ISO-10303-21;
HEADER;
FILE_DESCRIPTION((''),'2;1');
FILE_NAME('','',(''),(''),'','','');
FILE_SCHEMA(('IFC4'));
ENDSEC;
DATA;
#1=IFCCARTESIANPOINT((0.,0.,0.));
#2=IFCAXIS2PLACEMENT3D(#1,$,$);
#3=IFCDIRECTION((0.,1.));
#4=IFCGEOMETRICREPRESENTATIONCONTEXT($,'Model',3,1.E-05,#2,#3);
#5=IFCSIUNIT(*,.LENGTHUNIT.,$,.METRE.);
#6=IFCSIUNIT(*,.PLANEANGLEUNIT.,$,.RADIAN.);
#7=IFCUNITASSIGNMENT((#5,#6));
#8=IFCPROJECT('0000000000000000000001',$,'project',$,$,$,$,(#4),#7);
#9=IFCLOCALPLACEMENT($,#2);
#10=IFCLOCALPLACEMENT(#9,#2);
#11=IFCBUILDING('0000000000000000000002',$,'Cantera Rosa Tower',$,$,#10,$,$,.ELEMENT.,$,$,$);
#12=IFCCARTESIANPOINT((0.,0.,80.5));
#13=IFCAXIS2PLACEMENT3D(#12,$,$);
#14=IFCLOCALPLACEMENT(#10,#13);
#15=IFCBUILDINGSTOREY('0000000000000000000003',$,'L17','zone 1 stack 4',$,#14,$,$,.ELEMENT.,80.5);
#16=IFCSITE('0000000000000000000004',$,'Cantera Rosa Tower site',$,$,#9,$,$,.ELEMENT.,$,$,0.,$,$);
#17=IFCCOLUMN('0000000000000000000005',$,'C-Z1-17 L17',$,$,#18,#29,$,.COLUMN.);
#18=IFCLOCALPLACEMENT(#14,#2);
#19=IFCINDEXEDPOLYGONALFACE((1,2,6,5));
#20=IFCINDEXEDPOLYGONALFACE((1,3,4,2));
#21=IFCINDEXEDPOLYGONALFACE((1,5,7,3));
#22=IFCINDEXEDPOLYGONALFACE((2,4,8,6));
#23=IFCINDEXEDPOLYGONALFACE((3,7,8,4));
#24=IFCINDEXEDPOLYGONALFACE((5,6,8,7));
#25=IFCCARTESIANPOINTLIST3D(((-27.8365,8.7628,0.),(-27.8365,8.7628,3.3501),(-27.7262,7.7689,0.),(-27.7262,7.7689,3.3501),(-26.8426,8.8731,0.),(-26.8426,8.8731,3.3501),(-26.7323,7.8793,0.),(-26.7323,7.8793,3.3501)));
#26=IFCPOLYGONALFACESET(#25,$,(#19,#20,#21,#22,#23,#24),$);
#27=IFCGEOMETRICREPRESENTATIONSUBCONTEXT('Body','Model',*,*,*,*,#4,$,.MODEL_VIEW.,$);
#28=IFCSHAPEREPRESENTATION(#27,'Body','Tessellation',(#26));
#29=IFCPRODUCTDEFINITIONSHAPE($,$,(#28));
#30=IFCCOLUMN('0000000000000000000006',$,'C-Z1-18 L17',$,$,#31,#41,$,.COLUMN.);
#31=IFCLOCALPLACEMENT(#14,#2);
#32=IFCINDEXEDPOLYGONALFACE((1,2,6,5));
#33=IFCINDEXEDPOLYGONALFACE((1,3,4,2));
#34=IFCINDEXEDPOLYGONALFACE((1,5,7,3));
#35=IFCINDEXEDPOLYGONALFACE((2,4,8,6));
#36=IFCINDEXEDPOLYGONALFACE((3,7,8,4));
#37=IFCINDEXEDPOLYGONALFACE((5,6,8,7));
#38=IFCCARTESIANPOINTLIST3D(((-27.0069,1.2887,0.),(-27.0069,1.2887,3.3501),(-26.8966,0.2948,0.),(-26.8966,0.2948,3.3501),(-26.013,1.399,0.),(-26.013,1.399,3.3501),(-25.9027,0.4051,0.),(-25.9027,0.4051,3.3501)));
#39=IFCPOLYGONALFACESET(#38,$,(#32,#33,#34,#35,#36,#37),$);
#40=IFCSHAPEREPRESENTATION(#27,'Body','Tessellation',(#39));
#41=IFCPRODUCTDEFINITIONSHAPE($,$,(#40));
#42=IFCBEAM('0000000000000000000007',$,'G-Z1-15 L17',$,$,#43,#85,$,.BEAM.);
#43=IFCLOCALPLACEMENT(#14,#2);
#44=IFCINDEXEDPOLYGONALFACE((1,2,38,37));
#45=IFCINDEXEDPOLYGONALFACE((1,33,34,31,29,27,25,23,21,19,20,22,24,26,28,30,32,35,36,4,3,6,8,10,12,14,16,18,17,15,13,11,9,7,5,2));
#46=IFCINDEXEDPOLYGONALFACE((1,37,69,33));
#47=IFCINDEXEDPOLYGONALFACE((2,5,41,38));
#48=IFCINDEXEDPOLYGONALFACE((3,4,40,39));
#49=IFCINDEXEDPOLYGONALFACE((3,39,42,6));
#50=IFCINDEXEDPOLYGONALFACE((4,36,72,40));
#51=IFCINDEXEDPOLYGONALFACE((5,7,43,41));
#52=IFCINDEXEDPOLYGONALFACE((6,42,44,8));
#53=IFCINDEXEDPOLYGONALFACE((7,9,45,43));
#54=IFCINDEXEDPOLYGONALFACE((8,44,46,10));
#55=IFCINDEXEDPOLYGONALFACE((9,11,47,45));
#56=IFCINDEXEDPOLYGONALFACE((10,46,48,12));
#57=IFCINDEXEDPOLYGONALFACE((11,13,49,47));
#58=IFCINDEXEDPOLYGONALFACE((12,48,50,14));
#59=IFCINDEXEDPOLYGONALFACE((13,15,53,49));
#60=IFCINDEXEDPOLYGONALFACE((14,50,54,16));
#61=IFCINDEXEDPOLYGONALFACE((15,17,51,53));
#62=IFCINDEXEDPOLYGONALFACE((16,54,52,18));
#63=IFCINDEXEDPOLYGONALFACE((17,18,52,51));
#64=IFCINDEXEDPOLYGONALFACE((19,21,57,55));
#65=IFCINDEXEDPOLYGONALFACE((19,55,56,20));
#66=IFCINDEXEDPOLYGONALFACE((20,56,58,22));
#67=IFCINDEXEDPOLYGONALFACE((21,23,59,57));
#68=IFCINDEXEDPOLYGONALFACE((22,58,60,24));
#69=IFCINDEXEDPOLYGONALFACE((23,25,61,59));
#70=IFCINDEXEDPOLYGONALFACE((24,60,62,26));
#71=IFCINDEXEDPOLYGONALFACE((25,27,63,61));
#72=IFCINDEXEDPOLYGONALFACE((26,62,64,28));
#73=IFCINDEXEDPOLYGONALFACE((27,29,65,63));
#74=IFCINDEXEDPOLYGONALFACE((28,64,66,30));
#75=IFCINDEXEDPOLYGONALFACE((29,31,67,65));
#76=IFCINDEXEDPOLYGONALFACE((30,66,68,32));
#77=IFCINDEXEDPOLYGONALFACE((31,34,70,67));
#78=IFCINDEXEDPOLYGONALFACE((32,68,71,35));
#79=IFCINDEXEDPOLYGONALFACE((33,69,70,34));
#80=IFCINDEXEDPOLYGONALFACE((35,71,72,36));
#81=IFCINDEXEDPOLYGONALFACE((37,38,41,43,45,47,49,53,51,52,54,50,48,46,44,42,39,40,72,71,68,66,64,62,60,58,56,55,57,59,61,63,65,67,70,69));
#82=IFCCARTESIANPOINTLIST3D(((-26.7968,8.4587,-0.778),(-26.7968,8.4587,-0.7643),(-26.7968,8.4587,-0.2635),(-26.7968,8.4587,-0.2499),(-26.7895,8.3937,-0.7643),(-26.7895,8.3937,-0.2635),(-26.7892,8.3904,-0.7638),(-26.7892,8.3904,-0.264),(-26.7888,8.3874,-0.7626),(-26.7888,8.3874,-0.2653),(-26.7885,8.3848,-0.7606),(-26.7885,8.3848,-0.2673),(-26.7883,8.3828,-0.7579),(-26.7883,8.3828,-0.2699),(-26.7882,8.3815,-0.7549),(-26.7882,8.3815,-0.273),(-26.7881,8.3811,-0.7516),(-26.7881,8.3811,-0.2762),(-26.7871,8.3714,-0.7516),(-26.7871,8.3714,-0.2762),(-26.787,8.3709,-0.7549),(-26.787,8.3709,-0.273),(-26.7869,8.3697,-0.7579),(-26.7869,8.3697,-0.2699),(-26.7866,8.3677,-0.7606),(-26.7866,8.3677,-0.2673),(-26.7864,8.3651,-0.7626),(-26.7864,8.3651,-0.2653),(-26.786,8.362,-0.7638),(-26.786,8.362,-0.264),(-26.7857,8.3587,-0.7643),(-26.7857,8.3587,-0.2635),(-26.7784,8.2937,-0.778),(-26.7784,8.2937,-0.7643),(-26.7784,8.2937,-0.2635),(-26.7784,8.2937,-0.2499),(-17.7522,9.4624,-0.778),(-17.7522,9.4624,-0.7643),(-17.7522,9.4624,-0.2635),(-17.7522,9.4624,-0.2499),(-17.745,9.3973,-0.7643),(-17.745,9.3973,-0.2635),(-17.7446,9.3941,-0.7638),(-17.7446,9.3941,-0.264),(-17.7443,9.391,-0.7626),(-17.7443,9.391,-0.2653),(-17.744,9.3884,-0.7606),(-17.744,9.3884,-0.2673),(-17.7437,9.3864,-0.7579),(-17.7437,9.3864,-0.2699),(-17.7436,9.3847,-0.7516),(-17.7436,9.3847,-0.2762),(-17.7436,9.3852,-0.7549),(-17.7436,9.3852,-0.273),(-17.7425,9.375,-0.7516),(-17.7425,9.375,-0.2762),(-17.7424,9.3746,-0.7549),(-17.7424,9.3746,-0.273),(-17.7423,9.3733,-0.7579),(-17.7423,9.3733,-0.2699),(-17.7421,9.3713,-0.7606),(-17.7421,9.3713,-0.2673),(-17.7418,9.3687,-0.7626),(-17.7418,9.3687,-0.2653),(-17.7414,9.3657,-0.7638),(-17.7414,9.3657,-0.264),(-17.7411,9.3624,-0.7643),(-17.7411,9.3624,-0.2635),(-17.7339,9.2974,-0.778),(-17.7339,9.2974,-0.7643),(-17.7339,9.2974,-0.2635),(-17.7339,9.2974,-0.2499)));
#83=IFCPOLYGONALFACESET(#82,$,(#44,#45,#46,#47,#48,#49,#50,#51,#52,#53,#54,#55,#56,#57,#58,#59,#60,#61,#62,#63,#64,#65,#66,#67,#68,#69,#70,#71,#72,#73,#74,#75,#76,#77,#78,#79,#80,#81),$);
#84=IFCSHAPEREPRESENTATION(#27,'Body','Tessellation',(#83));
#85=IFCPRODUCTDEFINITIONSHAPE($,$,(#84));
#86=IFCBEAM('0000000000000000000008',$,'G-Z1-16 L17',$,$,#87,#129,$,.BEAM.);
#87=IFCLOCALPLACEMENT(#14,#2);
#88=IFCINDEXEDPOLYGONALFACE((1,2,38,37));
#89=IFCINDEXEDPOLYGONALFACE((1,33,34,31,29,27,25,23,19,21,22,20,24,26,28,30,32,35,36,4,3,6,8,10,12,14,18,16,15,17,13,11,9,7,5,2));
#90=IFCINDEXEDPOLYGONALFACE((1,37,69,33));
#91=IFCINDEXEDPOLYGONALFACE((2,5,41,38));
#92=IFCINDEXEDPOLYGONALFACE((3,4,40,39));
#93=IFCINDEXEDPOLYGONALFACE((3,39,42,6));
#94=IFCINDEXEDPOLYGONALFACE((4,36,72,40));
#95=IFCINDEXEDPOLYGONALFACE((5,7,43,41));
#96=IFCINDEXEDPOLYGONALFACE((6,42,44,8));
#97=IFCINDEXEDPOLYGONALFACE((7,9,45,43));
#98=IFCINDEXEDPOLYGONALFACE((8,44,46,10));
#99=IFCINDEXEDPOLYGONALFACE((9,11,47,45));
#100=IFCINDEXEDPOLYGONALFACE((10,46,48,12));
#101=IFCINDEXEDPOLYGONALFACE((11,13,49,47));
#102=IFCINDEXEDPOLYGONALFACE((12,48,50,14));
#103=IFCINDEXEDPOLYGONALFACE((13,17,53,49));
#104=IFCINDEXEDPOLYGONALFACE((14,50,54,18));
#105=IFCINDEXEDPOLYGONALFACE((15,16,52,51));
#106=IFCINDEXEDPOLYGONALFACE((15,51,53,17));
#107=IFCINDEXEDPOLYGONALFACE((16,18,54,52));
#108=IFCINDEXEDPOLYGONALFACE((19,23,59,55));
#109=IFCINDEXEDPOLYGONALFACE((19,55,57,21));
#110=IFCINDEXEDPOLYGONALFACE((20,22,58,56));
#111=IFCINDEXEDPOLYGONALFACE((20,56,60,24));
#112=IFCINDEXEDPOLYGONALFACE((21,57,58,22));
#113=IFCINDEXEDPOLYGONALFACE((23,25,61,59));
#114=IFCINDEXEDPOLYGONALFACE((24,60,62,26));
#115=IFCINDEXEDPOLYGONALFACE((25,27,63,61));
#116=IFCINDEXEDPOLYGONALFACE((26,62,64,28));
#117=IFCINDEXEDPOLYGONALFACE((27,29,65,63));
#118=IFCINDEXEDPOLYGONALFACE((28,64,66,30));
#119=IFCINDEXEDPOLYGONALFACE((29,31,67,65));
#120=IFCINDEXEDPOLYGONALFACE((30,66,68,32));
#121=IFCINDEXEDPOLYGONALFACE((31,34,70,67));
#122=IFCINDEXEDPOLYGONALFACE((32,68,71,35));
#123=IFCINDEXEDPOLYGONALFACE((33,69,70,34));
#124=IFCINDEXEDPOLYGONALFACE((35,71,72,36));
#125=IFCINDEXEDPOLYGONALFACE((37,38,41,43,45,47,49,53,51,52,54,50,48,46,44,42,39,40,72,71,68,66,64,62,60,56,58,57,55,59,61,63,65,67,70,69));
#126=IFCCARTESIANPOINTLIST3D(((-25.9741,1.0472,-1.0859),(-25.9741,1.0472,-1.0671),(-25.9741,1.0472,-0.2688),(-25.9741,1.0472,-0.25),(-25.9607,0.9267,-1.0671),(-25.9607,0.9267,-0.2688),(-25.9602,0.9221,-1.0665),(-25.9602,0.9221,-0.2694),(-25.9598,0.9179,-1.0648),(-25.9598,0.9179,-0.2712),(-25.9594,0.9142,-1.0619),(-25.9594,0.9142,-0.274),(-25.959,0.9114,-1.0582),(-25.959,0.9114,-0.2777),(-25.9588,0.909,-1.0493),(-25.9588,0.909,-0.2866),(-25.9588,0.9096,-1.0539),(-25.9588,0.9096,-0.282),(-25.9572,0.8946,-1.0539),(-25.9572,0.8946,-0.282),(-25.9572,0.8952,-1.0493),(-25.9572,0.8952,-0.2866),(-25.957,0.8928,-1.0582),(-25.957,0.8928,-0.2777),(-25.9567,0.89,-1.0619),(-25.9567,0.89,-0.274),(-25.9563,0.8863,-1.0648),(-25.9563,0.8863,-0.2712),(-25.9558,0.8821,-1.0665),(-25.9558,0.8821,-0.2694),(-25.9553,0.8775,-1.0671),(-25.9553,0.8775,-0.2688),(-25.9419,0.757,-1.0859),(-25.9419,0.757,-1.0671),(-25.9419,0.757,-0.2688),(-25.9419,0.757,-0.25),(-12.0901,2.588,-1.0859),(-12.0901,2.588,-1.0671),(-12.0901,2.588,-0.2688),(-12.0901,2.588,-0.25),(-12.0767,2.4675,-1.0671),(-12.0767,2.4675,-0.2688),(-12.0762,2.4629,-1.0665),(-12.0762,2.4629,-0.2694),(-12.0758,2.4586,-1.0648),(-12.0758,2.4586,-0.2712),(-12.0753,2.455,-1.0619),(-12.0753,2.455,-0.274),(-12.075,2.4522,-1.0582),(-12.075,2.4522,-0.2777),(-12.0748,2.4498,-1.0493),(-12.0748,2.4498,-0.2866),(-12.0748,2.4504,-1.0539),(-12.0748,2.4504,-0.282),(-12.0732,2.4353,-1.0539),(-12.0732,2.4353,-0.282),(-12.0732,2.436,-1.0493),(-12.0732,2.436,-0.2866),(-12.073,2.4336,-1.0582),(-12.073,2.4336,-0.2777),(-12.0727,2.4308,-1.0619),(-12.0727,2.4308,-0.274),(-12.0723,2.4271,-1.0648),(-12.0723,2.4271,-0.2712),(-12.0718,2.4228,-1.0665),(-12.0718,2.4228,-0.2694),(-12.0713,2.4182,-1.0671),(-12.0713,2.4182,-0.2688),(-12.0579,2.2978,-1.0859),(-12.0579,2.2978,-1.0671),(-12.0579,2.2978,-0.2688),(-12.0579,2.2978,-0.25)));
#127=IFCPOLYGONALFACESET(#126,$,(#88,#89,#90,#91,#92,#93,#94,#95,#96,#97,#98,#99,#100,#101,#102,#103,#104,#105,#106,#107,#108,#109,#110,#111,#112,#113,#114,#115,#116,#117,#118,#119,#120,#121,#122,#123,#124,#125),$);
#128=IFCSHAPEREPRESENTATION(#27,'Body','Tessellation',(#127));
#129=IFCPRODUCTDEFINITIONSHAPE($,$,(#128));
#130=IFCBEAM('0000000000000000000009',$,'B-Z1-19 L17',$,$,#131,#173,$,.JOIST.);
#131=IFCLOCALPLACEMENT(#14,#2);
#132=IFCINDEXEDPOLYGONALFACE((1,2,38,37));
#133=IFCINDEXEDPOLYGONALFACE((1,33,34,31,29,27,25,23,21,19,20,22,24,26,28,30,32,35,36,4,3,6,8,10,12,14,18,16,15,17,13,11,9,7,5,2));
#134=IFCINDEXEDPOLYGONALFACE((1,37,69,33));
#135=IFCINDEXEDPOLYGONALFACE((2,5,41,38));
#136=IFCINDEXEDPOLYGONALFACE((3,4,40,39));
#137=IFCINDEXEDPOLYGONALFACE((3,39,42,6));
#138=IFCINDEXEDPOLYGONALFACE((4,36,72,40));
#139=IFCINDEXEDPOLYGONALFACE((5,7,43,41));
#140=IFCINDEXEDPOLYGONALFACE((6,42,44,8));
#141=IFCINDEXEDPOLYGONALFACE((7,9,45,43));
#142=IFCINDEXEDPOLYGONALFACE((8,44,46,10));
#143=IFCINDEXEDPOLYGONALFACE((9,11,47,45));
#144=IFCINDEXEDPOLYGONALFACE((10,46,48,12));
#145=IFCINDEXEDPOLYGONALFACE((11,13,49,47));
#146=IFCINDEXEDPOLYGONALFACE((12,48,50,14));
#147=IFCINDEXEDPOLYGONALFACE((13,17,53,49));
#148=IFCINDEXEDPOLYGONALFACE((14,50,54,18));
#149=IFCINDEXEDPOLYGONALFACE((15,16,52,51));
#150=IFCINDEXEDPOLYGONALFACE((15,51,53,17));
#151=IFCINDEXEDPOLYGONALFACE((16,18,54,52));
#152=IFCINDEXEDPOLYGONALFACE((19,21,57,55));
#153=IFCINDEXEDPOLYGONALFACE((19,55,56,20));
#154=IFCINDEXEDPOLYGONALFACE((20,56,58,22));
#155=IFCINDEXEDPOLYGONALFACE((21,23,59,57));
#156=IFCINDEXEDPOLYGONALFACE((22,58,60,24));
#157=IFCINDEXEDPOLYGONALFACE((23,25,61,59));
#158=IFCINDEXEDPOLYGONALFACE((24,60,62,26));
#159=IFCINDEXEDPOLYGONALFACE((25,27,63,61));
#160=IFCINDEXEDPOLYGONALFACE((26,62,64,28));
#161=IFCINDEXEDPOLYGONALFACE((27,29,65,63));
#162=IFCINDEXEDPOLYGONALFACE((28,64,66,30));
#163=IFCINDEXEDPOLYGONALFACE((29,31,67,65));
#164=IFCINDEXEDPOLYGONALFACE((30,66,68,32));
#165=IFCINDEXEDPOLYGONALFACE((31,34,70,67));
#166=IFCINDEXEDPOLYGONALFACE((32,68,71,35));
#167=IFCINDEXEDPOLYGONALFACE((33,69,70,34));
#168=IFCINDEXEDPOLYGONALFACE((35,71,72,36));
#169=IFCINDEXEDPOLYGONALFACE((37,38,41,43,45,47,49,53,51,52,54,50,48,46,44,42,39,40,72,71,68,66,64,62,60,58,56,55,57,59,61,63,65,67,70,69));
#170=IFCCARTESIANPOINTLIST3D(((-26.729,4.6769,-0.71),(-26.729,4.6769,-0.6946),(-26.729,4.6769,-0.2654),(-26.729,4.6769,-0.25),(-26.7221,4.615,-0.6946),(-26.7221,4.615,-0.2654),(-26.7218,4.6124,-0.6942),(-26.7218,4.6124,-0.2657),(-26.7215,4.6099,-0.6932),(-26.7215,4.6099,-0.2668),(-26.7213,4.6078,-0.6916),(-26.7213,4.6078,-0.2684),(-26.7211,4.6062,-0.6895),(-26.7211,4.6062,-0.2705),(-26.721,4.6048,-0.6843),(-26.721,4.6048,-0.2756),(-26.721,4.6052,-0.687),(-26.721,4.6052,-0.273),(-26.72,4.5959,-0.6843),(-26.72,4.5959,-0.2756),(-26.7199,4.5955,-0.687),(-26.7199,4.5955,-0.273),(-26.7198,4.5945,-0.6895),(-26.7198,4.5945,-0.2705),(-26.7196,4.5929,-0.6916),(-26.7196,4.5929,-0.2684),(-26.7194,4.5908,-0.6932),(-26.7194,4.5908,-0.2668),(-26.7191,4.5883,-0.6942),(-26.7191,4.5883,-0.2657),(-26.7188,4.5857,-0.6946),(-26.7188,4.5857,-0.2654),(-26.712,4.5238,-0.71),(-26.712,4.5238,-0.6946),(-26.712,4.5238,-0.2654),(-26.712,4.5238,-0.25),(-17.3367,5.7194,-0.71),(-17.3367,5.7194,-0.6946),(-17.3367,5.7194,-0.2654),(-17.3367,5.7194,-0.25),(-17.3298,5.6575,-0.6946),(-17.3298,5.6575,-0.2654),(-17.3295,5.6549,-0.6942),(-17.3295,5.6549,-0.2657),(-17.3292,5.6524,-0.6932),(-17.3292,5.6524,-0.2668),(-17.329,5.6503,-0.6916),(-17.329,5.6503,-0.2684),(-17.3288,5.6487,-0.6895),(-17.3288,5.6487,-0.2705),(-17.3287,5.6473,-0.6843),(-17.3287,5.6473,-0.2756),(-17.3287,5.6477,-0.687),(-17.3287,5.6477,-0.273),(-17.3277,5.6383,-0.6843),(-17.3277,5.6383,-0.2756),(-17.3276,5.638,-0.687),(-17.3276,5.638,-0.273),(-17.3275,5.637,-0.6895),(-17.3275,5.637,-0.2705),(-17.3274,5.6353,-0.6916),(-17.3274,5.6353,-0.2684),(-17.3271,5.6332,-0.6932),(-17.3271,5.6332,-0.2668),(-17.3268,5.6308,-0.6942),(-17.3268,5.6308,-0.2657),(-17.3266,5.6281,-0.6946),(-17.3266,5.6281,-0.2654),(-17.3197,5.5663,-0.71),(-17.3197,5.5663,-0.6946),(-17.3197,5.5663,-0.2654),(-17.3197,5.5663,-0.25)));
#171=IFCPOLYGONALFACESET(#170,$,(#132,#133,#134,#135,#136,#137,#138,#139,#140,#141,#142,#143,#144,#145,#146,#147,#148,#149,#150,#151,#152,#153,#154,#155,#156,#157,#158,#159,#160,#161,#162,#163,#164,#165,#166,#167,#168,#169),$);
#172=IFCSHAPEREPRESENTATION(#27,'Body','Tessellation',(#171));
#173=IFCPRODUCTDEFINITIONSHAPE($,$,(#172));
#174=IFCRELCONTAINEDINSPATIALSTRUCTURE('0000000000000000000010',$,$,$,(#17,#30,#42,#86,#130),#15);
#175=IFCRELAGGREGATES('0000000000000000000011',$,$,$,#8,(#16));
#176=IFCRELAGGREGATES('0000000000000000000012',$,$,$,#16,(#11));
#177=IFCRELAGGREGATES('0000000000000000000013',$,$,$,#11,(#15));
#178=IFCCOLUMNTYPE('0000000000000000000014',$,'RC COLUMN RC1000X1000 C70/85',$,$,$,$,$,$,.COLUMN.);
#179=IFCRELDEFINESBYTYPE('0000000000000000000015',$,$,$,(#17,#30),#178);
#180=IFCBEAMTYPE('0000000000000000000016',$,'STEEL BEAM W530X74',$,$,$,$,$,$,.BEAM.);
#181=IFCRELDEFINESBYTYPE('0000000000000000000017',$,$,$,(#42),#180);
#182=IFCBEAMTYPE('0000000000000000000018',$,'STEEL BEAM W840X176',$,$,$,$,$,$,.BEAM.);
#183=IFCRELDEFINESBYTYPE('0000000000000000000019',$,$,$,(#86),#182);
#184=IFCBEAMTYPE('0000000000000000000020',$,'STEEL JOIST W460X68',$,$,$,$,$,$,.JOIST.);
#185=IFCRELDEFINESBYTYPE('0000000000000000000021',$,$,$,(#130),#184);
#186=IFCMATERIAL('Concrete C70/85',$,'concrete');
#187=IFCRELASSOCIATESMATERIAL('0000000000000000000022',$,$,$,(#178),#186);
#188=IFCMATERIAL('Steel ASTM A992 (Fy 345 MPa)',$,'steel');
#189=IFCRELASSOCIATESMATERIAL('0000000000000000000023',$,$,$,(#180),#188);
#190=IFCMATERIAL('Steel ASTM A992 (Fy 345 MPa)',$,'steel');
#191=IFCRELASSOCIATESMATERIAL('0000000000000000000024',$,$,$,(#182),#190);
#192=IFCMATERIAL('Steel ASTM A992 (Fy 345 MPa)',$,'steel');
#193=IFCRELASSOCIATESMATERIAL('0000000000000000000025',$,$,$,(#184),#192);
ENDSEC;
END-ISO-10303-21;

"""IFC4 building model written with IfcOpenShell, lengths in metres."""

from ifc_helpers import new_model, si_unit, direction, frame, origin, origin_2d, place, context, subcontext, project, spatial, rectangle, i_section, extrude, material, material_profile, profile_set, type_object, element, save


model = new_model("IFC4")

# Units and contexts
model_context = context("Model", 3, precision=1e-05, world=origin(), true_north=direction((0.0, 1.0)))
body_context = subcontext(model_context, "Body", "Model", "MODEL_VIEW")
ifc_project = project(units=[si_unit("LENGTHUNIT", "METRE"), si_unit("PLANEANGLEUNIT", "RADIAN")], contexts=[model_context])

# Site, building, storey
site_placement = place(None, origin())
site = spatial("IfcSite", under=ifc_project, at=site_placement, Name="Cantera Rosa Tower site", CompositionType="ELEMENT", RefElevation=0.0)
building_placement = place(site_placement, origin())
building = spatial("IfcBuilding", under=site, at=building_placement, Name="Cantera Rosa Tower", CompositionType="ELEMENT")
storey_placement = place(building_placement, frame((0.0, 0.0, 80.5)))
storey = spatial("IfcBuildingStorey", under=building, at=storey_placement, Name="L17", Description="zone 1 stack 4", CompositionType="ELEMENT", Elevation=80.5)

# Columns
ifc_material_1 = material(Name="Concrete C70/85", Category="concrete")
ifc_material_profile_1 = material_profile(ifc_material_1, rectangle(XDim=1.0, YDim=1.0, at=origin_2d()), Name="RC COLUMN RC1000X1000 C70/85")
ifc_profile_set_1 = profile_set([ifc_material_profile_1], Name="Concrete C70/85")
column_type = type_object("IfcColumnType", Name="RC COLUMN RC1000X1000 C70/85", PredefinedType="COLUMN", material=ifc_profile_set_1)
for number, where, z_axis, x_axis, name in (
    (1, (-27.2844, 8.321, 0.0), (0.0, 0.0, 1.0), (0.993897, 0.110313, 0.0), "C-Z1-17 L17"),
    (2, (-26.4548, 0.8469, 0.0), (0.0, 0.0, 1.0), (0.993897, 0.110313, 0.0), "C-Z1-18 L17"),
):
    element("IfcColumn", number, at=place(storey_placement, frame(where, z_axis=z_axis, x_axis=x_axis)), inside=storey, type_object=column_type, Name=name, PredefinedType="COLUMN", context=body_context, shape_type="SweptSolid", body=[
        extrude(rectangle(XDim=1.0, YDim=1.0, at=origin_2d()), origin(), (0.0, 0.0, 1.0), 3.3501),
    ])

# Beams
ifc_material_2 = material(Name="Steel ASTM A992 (Fy 345 MPa)", Category="steel")
ifc_material_profile_2 = material_profile(ifc_material_2, i_section(OverallWidth=0.166, OverallDepth=0.5281, WebThickness=0.0098, FlangeThickness=0.0137, FilletRadius=0.0127, at=origin_2d()), Name="W530X74")
ifc_profile_set_2 = profile_set([ifc_material_profile_2], Name="Steel ASTM A992 (Fy 345 MPa)")
beam_type_1 = type_object("IfcBeamType", Name="STEEL BEAM W530X74", PredefinedType="BEAM", material=ifc_profile_set_2)
beam_1_placement = place(storey_placement, frame((-26.7876, 8.3762, -0.5139), z_axis=(0.993899, 0.11029, 0.0), x_axis=(-0.11029, 0.993899, 0.0)))
element("IfcBeam", 3, at=beam_1_placement, inside=storey, type_object=beam_type_1, Name="G-Z1-15 L17", PredefinedType="BEAM", context=body_context, shape_type="SweptSolid", body=[
    extrude(i_section(OverallWidth=0.166, OverallDepth=0.5281, WebThickness=0.0098, FlangeThickness=0.0137, FilletRadius=0.0127, at=origin_2d()), origin(), (0.0, 0.0, 1.0), 9.1001),
])
ifc_material_3 = material(Name="Steel ASTM A992 (Fy 345 MPa)", Category="steel")
ifc_material_profile_3 = material_profile(ifc_material_3, i_section(OverallWidth=0.292, OverallDepth=0.8359, WebThickness=0.0139, FlangeThickness=0.0188, FilletRadius=0.0178, at=origin_2d()), Name="W840X176")
ifc_profile_set_3 = profile_set([ifc_material_profile_3], Name="Steel ASTM A992 (Fy 345 MPa)")
beam_type_2 = type_object("IfcBeamType", Name="STEEL BEAM W840X176", PredefinedType="BEAM", material=ifc_profile_set_3)
beam_2_placement = place(storey_placement, frame((-25.958, 0.9021, -0.668), z_axis=(0.993899, 0.110297, 0.0), x_axis=(-0.110297, 0.993899, 0.0)))
element("IfcBeam", 4, at=beam_2_placement, inside=storey, type_object=beam_type_2, Name="G-Z1-16 L17", PredefinedType="BEAM", context=body_context, shape_type="SweptSolid", body=[
    extrude(i_section(OverallWidth=0.292, OverallDepth=0.8359, WebThickness=0.0139, FlangeThickness=0.0188, FilletRadius=0.0178, at=origin_2d()), origin(), (0.0, 0.0, 1.0), 13.9692),
])
ifc_material_4 = material(Name="Steel ASTM A992 (Fy 345 MPa)", Category="steel")
ifc_material_profile_4 = material_profile(ifc_material_4, i_section(OverallWidth=0.1541, OverallDepth=0.46, WebThickness=0.009, FlangeThickness=0.0154, FilletRadius=0.0103, at=origin_2d()), Name="W460X68")
ifc_profile_set_4 = profile_set([ifc_material_profile_4], Name="Steel ASTM A992 (Fy 345 MPa)")
beam_type_3 = type_object("IfcBeamType", Name="STEEL JOIST W460X68", PredefinedType="JOIST", material=ifc_profile_set_4)
beam_3_placement = place(storey_placement, frame((-26.7205, 4.6003, -0.48), z_axis=(0.993897, 0.110315, 0.0), x_axis=(-0.110315, 0.993897, 0.0)))
element("IfcBeam", 5, at=beam_3_placement, inside=storey, type_object=beam_type_3, Name="B-Z1-19 L17", PredefinedType="JOIST", context=body_context, shape_type="SweptSolid", body=[
    extrude(i_section(OverallWidth=0.1541, OverallDepth=0.46, WebThickness=0.009, FlangeThickness=0.0154, FilletRadius=0.0103, at=origin_2d()), origin(), (0.0, 0.0, 1.0), 9.45),
])

save(model, "model.ifc")
